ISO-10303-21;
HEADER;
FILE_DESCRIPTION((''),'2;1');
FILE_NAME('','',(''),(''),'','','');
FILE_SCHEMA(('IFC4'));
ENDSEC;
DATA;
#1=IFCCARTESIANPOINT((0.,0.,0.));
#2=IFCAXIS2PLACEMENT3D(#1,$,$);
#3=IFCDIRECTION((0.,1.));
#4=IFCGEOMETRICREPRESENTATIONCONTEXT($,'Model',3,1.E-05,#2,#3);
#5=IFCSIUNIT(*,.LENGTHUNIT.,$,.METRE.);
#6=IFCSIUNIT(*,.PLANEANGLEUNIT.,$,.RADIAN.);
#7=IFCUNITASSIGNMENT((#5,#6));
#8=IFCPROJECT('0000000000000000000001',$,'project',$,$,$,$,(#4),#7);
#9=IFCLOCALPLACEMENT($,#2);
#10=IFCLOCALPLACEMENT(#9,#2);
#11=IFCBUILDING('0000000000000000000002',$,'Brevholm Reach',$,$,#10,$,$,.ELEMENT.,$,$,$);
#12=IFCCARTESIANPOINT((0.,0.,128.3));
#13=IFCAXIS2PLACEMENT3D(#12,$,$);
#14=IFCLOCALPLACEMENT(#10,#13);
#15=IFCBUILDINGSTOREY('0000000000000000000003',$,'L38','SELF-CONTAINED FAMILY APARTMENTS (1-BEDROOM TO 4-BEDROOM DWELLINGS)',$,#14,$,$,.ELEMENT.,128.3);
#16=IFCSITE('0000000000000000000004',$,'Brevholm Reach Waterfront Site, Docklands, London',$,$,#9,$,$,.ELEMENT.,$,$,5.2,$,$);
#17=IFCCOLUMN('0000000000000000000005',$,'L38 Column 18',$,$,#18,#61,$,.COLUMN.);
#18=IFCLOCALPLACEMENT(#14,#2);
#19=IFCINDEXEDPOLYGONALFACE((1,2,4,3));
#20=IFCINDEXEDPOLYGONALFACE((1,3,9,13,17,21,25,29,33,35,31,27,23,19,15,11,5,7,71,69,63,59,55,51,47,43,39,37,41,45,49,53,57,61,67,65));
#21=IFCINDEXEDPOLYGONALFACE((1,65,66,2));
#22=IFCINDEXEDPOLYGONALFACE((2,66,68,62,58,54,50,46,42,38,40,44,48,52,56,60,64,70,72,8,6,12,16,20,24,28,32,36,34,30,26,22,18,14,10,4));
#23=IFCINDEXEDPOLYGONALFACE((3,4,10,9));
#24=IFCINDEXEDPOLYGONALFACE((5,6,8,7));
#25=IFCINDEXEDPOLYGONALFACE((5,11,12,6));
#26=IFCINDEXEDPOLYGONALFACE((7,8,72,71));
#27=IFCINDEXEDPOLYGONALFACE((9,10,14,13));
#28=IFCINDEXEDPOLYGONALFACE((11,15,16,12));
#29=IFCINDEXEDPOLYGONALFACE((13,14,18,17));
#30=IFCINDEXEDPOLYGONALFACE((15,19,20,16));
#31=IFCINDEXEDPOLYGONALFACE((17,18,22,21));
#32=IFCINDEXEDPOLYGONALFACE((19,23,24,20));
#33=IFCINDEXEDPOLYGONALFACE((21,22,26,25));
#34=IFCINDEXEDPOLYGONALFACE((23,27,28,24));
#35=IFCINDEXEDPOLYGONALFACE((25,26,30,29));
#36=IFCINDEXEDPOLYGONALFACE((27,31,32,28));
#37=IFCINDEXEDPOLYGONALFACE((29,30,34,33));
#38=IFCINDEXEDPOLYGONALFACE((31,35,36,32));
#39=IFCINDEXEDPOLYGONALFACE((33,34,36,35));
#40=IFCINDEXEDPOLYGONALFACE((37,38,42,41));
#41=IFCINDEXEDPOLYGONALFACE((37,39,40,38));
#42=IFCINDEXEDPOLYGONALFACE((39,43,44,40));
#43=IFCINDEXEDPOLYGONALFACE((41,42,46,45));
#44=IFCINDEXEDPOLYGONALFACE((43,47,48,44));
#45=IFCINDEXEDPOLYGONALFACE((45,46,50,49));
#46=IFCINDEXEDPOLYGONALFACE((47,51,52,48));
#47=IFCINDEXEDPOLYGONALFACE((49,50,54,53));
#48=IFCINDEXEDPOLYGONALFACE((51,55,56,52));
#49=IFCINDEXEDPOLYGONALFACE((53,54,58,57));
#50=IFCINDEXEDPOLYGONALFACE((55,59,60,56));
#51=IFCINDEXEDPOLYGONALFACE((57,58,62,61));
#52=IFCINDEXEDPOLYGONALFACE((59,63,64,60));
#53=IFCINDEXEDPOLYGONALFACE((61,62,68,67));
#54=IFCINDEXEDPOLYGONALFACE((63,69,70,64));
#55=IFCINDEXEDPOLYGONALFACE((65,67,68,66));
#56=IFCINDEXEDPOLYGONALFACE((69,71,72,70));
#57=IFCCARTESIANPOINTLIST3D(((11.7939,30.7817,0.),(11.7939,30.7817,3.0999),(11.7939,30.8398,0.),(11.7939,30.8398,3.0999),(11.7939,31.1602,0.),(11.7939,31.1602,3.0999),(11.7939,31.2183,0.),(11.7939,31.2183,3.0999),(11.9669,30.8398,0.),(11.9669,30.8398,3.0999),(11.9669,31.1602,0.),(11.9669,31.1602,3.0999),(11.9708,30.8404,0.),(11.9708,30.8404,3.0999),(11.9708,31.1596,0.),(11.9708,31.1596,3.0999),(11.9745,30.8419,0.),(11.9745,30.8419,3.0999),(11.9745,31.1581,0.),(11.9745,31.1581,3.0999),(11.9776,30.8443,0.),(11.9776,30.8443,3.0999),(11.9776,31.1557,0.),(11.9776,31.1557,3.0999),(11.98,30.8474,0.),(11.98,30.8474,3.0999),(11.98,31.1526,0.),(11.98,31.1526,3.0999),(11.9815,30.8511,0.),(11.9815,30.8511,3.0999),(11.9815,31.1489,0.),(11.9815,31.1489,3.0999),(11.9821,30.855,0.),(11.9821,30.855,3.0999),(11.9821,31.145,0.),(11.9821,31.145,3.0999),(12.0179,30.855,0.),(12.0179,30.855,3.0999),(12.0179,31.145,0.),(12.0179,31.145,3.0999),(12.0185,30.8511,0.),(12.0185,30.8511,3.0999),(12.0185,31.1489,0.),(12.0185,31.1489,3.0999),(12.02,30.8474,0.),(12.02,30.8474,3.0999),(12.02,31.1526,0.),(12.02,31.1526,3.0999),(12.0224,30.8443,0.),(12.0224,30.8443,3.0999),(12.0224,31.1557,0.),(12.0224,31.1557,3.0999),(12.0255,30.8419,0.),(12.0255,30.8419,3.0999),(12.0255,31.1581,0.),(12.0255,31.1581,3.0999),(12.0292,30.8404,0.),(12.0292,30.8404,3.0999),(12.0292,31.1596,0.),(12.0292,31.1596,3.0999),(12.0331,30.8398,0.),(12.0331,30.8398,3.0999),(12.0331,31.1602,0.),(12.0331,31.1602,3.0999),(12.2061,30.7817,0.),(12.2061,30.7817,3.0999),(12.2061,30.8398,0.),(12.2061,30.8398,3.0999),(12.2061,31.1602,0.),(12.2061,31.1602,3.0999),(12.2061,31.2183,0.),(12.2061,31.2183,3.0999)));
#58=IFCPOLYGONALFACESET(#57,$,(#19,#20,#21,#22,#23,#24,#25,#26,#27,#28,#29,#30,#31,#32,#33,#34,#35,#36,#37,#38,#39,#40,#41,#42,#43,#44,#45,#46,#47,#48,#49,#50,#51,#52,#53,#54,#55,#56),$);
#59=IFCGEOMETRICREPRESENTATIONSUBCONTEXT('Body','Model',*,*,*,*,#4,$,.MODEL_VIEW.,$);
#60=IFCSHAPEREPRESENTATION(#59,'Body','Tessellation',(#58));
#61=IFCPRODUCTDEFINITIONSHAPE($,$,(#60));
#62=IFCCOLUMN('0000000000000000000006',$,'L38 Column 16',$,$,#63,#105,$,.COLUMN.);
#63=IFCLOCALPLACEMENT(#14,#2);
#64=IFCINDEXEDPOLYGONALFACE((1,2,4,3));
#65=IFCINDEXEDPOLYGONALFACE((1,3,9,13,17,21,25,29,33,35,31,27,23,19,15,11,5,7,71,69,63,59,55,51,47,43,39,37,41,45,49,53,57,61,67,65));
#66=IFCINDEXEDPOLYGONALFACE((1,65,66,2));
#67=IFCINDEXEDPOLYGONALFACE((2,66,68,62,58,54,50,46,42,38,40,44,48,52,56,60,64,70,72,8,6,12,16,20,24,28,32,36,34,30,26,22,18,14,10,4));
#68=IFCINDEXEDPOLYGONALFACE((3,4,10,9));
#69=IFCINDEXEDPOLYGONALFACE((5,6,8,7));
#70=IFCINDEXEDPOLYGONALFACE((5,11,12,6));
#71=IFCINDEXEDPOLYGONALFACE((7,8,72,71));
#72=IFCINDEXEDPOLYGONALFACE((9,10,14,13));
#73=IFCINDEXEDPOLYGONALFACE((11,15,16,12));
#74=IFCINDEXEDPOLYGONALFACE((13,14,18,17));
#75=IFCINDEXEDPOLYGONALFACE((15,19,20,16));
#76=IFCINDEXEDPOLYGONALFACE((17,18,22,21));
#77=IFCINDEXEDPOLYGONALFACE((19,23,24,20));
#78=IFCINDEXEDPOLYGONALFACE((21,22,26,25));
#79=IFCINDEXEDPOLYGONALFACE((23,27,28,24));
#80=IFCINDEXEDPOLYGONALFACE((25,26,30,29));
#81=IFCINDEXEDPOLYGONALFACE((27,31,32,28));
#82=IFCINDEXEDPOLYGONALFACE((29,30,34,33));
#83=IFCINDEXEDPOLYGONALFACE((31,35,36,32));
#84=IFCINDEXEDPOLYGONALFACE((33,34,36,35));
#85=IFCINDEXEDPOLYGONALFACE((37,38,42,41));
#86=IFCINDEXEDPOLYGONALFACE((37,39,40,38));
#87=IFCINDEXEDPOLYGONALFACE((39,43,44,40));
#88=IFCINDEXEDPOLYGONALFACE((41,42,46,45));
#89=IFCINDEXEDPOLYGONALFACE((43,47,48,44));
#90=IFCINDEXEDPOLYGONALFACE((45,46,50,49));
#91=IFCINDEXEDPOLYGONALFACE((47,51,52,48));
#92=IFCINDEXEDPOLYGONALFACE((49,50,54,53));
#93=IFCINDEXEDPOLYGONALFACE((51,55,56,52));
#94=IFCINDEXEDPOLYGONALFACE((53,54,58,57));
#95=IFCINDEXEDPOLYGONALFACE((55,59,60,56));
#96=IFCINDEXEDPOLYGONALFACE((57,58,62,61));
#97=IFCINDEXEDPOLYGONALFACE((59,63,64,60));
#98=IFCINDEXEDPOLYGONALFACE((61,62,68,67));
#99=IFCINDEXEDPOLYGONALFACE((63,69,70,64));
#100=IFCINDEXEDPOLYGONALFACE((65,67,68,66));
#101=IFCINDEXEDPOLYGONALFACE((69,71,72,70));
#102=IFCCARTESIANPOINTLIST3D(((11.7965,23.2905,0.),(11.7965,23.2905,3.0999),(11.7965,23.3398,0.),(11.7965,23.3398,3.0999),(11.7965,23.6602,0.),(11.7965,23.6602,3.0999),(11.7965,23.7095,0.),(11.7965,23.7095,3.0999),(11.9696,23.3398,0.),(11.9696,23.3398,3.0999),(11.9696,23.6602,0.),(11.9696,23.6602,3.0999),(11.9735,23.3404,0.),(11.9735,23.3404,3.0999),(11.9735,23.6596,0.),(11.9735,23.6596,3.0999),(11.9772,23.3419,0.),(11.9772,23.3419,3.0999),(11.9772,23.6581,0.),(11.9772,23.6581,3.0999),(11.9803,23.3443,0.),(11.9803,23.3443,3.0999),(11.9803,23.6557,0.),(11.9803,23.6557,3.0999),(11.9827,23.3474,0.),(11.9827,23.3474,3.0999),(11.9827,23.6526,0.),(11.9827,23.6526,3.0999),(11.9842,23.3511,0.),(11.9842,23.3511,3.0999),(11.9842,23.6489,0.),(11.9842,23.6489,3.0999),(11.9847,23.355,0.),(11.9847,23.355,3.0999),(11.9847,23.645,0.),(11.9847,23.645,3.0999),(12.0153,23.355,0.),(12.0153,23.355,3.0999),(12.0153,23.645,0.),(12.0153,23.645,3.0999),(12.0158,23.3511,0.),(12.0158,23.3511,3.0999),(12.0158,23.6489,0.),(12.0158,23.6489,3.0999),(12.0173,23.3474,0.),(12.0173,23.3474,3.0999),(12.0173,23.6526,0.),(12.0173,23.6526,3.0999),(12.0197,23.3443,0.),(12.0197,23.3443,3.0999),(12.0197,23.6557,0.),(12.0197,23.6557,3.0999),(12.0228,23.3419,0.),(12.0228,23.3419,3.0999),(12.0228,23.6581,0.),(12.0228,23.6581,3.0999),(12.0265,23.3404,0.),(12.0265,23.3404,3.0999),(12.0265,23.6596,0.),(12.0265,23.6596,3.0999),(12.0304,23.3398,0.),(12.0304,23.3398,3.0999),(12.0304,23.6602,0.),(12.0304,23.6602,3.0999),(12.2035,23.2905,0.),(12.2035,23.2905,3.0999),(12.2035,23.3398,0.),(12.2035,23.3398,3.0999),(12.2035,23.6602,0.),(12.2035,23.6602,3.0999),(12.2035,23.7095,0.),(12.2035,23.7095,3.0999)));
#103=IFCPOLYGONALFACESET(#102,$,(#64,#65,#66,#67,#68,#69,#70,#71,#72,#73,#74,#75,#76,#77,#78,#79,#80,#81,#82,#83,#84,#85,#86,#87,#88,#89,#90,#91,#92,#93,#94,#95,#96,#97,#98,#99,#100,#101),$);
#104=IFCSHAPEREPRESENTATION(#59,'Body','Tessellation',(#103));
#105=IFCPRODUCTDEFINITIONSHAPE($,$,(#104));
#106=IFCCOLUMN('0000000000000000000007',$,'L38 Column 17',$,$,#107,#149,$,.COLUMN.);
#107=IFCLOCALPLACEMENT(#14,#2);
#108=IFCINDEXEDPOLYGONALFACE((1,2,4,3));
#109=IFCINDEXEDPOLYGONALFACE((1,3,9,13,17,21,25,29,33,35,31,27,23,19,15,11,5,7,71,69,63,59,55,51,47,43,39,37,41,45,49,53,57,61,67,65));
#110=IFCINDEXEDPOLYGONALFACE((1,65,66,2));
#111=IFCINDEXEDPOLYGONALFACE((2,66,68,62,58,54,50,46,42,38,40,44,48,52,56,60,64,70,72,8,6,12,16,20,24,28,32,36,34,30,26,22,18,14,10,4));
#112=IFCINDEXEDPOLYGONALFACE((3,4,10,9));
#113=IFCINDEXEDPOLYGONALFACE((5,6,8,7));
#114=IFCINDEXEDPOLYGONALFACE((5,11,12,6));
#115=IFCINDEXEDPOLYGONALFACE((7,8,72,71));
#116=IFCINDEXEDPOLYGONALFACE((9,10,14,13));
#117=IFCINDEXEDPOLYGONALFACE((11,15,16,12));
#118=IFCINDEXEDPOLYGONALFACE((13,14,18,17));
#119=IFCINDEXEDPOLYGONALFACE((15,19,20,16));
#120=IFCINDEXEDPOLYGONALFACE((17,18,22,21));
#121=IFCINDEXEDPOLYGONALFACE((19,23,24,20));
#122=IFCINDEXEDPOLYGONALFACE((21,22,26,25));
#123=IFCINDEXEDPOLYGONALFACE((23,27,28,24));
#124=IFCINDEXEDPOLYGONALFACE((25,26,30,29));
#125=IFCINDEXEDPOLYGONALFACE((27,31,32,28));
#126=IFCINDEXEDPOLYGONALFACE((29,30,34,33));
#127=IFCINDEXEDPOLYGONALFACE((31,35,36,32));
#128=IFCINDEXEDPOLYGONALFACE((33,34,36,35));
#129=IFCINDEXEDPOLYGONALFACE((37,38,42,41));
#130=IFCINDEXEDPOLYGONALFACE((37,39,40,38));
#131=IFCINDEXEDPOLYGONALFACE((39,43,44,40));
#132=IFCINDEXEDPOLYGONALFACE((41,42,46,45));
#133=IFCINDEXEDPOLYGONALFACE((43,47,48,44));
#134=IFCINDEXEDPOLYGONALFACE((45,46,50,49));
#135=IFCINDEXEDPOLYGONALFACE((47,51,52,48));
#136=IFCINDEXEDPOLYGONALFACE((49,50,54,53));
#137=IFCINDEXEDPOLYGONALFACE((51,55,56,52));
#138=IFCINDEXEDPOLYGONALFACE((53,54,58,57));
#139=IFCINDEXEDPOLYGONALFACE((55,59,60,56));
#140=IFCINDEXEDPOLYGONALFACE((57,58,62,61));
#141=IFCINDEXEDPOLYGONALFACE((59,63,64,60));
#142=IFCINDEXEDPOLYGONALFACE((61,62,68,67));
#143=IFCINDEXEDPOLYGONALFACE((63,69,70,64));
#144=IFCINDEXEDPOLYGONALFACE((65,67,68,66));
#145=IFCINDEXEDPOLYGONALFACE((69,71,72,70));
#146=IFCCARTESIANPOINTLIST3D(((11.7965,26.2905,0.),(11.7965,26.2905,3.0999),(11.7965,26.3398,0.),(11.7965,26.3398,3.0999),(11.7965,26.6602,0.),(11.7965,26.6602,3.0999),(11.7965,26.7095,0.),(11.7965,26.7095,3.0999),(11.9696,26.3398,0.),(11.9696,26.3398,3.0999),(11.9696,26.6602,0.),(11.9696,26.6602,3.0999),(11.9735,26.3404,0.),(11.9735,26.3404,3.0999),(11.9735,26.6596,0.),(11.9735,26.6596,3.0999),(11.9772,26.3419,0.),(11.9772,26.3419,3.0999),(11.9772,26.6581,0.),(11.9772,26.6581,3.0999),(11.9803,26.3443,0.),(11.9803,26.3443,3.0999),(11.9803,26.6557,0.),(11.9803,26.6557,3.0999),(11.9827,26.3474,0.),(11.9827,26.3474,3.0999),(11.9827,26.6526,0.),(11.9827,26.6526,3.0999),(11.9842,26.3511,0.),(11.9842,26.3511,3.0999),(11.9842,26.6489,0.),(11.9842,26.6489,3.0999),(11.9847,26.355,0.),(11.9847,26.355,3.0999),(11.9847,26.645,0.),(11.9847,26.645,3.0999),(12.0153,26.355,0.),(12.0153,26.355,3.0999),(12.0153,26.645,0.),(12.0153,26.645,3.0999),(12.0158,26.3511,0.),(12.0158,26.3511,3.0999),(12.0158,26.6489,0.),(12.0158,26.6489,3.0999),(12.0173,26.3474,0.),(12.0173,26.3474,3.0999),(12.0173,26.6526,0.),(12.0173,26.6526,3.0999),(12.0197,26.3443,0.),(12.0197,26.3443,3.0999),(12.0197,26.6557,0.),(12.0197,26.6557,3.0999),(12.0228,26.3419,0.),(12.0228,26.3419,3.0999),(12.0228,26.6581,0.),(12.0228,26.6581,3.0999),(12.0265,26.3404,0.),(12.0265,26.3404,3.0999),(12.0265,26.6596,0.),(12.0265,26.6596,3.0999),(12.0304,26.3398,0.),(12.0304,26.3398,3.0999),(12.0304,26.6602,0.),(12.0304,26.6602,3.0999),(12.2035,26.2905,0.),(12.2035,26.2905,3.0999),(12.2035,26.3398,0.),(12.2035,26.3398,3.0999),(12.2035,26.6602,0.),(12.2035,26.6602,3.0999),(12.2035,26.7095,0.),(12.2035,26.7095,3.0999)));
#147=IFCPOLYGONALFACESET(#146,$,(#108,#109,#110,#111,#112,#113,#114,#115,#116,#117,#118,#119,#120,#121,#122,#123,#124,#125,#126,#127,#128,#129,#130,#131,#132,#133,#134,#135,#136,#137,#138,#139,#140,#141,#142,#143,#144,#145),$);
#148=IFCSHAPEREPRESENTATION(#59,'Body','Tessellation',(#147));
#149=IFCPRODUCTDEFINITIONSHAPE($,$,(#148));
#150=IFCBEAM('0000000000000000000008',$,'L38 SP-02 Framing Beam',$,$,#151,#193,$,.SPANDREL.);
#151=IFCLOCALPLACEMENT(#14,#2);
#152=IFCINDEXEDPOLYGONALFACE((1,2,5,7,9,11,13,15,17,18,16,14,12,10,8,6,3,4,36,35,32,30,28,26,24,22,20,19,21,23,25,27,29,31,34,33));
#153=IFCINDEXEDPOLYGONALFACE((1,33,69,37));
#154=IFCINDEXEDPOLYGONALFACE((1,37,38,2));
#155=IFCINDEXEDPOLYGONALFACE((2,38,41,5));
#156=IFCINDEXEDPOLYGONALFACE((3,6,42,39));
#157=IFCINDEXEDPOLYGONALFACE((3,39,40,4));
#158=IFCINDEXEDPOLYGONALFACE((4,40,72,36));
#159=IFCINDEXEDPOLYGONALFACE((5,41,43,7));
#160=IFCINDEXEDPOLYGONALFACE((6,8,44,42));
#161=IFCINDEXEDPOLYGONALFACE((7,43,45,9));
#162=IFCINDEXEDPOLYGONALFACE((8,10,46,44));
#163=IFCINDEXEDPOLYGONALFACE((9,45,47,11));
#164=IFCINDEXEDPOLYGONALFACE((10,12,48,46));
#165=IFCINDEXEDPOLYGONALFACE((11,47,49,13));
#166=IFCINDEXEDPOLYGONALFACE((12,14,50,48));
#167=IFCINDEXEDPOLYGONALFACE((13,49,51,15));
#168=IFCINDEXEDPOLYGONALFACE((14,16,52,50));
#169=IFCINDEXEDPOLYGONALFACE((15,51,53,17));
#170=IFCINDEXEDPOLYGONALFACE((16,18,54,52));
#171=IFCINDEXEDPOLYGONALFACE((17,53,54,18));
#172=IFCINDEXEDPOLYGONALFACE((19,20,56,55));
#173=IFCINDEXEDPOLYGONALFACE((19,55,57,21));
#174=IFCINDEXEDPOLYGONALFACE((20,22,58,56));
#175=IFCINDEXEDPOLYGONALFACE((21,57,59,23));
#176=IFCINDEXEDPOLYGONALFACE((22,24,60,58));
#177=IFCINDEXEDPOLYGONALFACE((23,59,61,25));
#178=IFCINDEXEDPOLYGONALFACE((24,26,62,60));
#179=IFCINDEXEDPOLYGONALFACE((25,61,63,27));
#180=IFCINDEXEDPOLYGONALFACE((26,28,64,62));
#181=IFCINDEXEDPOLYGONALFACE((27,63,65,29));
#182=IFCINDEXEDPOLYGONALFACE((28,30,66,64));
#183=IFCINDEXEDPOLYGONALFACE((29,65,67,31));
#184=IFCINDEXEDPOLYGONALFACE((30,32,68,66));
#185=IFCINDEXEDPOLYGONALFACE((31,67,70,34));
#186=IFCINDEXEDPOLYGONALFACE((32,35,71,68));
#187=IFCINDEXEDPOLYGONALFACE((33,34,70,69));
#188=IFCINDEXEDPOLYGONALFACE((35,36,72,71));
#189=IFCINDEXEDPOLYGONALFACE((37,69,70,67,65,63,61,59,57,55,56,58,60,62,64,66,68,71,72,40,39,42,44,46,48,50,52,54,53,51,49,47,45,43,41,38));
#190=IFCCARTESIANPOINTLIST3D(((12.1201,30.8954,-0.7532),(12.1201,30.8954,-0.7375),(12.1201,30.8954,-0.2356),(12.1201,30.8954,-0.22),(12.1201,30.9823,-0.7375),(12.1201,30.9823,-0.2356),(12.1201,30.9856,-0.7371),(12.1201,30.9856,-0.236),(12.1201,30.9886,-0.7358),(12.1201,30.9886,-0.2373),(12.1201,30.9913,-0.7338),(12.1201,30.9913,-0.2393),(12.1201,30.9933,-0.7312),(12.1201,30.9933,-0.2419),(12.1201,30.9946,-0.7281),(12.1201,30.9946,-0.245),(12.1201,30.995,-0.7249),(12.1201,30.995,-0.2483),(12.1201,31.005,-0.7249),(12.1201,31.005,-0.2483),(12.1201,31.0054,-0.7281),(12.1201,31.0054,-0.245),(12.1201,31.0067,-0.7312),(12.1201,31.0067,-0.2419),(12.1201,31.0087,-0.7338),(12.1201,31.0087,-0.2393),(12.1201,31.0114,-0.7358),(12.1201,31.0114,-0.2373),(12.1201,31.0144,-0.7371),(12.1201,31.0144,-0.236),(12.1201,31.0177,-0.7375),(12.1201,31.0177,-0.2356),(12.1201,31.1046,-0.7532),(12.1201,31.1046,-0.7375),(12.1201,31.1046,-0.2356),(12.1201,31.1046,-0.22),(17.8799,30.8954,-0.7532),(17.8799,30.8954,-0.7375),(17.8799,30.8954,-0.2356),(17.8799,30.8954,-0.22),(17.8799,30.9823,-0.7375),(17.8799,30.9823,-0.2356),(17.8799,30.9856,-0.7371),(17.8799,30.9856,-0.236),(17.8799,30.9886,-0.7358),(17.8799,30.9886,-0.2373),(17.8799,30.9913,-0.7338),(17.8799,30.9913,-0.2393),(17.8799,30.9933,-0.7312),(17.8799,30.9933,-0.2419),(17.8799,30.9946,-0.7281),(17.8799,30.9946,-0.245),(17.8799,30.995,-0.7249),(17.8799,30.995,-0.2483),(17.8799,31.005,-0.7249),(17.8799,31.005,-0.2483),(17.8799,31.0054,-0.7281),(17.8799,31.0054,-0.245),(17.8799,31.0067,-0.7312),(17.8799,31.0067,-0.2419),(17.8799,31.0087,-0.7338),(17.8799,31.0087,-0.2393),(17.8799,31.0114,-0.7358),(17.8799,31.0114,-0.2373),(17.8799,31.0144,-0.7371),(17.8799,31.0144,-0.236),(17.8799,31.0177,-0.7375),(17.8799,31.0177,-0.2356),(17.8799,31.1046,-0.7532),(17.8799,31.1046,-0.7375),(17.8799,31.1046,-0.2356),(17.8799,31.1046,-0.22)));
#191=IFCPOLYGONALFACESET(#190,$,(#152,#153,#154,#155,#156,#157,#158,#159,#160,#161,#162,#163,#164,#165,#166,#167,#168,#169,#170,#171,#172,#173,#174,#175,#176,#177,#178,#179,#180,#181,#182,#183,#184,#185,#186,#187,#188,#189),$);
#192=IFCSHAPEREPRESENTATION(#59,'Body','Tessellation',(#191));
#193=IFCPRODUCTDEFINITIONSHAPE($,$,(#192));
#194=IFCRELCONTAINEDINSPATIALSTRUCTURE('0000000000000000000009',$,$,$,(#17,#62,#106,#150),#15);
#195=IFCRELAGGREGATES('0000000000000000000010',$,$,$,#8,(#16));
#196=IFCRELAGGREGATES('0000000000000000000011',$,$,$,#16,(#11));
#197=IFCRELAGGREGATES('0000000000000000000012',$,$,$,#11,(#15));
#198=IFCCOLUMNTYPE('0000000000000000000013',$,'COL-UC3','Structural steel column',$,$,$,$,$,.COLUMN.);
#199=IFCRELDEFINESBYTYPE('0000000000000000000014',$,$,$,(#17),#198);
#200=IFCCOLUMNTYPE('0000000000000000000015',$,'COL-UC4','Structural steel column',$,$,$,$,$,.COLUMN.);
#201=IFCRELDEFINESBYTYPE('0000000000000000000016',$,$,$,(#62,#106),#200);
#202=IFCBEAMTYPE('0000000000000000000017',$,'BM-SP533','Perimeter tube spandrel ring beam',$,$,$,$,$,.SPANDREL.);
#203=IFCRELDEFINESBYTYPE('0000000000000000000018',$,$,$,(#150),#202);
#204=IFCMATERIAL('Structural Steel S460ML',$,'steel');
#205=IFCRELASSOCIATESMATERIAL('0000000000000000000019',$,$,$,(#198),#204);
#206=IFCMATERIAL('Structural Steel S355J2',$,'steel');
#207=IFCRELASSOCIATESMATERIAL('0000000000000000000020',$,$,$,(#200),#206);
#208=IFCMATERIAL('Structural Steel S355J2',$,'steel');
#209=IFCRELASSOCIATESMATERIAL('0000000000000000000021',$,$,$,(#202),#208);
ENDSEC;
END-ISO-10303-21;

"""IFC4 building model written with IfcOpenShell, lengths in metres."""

from ifc_helpers import new_model, si_unit, direction, frame, origin, origin_2d, place, context, subcontext, project, spatial, i_section, extrude, material, material_profile, profile_set, type_object, element, save


model = new_model("IFC4")

# Units and contexts
model_context = context("Model", 3, precision=1e-05, world=origin(), true_north=direction((0.0, 1.0)))
body_context = subcontext(model_context, "Body", "Model", "MODEL_VIEW")
ifc_project = project(units=[si_unit("LENGTHUNIT", "METRE"), si_unit("PLANEANGLEUNIT", "RADIAN")], contexts=[model_context])

# Site, building, storey
site_placement = place(None, origin())
site = spatial("IfcSite", under=ifc_project, at=site_placement, Name="Brevholm Reach Waterfront Site, Docklands, London", CompositionType="ELEMENT", RefElevation=5.2)
building_placement = place(site_placement, origin())
building = spatial("IfcBuilding", under=site, at=building_placement, Name="Brevholm Reach", CompositionType="ELEMENT")
storey_placement = place(building_placement, frame((0.0, 0.0, 128.3)))
storey = spatial("IfcBuildingStorey", under=building, at=storey_placement, Name="L38", Description="SELF-CONTAINED FAMILY APARTMENTS (1-BEDROOM TO 4-BEDROOM DWELLINGS)", CompositionType="ELEMENT", Elevation=128.3)

# Columns
ifc_material_1 = material(Name="Structural Steel S460ML", Category="steel")
ifc_material_profile_1 = material_profile(ifc_material_1, i_section(OverallWidth=0.4121, OverallDepth=0.4365, WebThickness=0.0359, FlangeThickness=0.0581, FilletRadius=0.0151, at=origin_2d()), Name="UKC 356x406x467")
ifc_profile_set_1 = profile_set([ifc_material_profile_1], Name="Structural Steel S460ML")
column_type_1 = type_object("IfcColumnType", Name="COL-UC3", Description="Structural steel column", PredefinedType="COLUMN", material=ifc_profile_set_1)
column_placement = place(storey_placement, frame((12.0, 31.0, 0.0), z_axis=(0.0, 0.0, 1.0), x_axis=(1.0, 0.0, 0.0)))
element("IfcColumn", 1, at=column_placement, inside=storey, type_object=column_type_1, Name="L38 Column 18", PredefinedType="COLUMN", context=body_context, shape_type="SweptSolid", body=[
    extrude(i_section(OverallWidth=0.4121, OverallDepth=0.4365, WebThickness=0.0359, FlangeThickness=0.0581, FilletRadius=0.0151, at=origin_2d()), origin(), (0.0, 0.0, 1.0), 3.0999),
])
ifc_material_2 = material(Name="Structural Steel S355J2", Category="steel")
ifc_material_profile_2 = material_profile(ifc_material_2, i_section(OverallWidth=0.407, OverallDepth=0.4189, WebThickness=0.0305, FlangeThickness=0.0493, FilletRadius=0.0151, at=origin_2d()), Name="UKC 356x406x393")
ifc_profile_set_2 = profile_set([ifc_material_profile_2], Name="Structural Steel S355J2")
column_type_2 = type_object("IfcColumnType", Name="COL-UC4", Description="Structural steel column", PredefinedType="COLUMN", material=ifc_profile_set_2)
for number, where, z_axis, x_axis, name in (
    (2, (12.0, 23.5, 0.0), (0.0, 0.0, 1.0), (1.0, 0.0, 0.0), "L38 Column 16"),
    (3, (12.0, 26.5, 0.0), (0.0, 0.0, 1.0), (1.0, 0.0, 0.0), "L38 Column 17"),
):
    element("IfcColumn", number, at=place(storey_placement, frame(where, z_axis=z_axis, x_axis=x_axis)), inside=storey, type_object=column_type_2, Name=name, PredefinedType="COLUMN", context=body_context, shape_type="SweptSolid", body=[
        extrude(i_section(OverallWidth=0.407, OverallDepth=0.4189, WebThickness=0.0305, FlangeThickness=0.0493, FilletRadius=0.0151, at=origin_2d()), origin(), (0.0, 0.0, 1.0), 3.0999),
    ])

# Beam
ifc_material_3 = material(Name="Structural Steel S355J2", Category="steel")
ifc_material_profile_3 = material_profile(ifc_material_3, i_section(OverallWidth=0.2092, OverallDepth=0.5332, WebThickness=0.01, FlangeThickness=0.0156, FilletRadius=0.0127, at=origin_2d()), Name="UKB 533x210x92")
ifc_profile_set_3 = profile_set([ifc_material_profile_3], Name="Structural Steel S355J2")
beam_type_1 = type_object("IfcBeamType", Name="BM-SP533", Description="Perimeter tube spandrel ring beam", PredefinedType="SPANDREL", material=ifc_profile_set_3)
beam_1_placement = place(storey_placement, frame((12.1201, 31.0, -0.4866), z_axis=(1.0, 0.0, 0.0), x_axis=(0.0, 1.0, 0.0)))
element("IfcBeam", 4, at=beam_1_placement, inside=storey, type_object=beam_type_1, Name="L38 SP-02 Framing Beam", PredefinedType="SPANDREL", context=body_context, shape_type="SweptSolid", body=[
    extrude(i_section(OverallWidth=0.2092, OverallDepth=0.5332, WebThickness=0.01, FlangeThickness=0.0156, FilletRadius=0.0127, at=origin_2d()), origin(), (0.0, 0.0, 1.0), 5.7598),
])

save(model, "model.ifc")
